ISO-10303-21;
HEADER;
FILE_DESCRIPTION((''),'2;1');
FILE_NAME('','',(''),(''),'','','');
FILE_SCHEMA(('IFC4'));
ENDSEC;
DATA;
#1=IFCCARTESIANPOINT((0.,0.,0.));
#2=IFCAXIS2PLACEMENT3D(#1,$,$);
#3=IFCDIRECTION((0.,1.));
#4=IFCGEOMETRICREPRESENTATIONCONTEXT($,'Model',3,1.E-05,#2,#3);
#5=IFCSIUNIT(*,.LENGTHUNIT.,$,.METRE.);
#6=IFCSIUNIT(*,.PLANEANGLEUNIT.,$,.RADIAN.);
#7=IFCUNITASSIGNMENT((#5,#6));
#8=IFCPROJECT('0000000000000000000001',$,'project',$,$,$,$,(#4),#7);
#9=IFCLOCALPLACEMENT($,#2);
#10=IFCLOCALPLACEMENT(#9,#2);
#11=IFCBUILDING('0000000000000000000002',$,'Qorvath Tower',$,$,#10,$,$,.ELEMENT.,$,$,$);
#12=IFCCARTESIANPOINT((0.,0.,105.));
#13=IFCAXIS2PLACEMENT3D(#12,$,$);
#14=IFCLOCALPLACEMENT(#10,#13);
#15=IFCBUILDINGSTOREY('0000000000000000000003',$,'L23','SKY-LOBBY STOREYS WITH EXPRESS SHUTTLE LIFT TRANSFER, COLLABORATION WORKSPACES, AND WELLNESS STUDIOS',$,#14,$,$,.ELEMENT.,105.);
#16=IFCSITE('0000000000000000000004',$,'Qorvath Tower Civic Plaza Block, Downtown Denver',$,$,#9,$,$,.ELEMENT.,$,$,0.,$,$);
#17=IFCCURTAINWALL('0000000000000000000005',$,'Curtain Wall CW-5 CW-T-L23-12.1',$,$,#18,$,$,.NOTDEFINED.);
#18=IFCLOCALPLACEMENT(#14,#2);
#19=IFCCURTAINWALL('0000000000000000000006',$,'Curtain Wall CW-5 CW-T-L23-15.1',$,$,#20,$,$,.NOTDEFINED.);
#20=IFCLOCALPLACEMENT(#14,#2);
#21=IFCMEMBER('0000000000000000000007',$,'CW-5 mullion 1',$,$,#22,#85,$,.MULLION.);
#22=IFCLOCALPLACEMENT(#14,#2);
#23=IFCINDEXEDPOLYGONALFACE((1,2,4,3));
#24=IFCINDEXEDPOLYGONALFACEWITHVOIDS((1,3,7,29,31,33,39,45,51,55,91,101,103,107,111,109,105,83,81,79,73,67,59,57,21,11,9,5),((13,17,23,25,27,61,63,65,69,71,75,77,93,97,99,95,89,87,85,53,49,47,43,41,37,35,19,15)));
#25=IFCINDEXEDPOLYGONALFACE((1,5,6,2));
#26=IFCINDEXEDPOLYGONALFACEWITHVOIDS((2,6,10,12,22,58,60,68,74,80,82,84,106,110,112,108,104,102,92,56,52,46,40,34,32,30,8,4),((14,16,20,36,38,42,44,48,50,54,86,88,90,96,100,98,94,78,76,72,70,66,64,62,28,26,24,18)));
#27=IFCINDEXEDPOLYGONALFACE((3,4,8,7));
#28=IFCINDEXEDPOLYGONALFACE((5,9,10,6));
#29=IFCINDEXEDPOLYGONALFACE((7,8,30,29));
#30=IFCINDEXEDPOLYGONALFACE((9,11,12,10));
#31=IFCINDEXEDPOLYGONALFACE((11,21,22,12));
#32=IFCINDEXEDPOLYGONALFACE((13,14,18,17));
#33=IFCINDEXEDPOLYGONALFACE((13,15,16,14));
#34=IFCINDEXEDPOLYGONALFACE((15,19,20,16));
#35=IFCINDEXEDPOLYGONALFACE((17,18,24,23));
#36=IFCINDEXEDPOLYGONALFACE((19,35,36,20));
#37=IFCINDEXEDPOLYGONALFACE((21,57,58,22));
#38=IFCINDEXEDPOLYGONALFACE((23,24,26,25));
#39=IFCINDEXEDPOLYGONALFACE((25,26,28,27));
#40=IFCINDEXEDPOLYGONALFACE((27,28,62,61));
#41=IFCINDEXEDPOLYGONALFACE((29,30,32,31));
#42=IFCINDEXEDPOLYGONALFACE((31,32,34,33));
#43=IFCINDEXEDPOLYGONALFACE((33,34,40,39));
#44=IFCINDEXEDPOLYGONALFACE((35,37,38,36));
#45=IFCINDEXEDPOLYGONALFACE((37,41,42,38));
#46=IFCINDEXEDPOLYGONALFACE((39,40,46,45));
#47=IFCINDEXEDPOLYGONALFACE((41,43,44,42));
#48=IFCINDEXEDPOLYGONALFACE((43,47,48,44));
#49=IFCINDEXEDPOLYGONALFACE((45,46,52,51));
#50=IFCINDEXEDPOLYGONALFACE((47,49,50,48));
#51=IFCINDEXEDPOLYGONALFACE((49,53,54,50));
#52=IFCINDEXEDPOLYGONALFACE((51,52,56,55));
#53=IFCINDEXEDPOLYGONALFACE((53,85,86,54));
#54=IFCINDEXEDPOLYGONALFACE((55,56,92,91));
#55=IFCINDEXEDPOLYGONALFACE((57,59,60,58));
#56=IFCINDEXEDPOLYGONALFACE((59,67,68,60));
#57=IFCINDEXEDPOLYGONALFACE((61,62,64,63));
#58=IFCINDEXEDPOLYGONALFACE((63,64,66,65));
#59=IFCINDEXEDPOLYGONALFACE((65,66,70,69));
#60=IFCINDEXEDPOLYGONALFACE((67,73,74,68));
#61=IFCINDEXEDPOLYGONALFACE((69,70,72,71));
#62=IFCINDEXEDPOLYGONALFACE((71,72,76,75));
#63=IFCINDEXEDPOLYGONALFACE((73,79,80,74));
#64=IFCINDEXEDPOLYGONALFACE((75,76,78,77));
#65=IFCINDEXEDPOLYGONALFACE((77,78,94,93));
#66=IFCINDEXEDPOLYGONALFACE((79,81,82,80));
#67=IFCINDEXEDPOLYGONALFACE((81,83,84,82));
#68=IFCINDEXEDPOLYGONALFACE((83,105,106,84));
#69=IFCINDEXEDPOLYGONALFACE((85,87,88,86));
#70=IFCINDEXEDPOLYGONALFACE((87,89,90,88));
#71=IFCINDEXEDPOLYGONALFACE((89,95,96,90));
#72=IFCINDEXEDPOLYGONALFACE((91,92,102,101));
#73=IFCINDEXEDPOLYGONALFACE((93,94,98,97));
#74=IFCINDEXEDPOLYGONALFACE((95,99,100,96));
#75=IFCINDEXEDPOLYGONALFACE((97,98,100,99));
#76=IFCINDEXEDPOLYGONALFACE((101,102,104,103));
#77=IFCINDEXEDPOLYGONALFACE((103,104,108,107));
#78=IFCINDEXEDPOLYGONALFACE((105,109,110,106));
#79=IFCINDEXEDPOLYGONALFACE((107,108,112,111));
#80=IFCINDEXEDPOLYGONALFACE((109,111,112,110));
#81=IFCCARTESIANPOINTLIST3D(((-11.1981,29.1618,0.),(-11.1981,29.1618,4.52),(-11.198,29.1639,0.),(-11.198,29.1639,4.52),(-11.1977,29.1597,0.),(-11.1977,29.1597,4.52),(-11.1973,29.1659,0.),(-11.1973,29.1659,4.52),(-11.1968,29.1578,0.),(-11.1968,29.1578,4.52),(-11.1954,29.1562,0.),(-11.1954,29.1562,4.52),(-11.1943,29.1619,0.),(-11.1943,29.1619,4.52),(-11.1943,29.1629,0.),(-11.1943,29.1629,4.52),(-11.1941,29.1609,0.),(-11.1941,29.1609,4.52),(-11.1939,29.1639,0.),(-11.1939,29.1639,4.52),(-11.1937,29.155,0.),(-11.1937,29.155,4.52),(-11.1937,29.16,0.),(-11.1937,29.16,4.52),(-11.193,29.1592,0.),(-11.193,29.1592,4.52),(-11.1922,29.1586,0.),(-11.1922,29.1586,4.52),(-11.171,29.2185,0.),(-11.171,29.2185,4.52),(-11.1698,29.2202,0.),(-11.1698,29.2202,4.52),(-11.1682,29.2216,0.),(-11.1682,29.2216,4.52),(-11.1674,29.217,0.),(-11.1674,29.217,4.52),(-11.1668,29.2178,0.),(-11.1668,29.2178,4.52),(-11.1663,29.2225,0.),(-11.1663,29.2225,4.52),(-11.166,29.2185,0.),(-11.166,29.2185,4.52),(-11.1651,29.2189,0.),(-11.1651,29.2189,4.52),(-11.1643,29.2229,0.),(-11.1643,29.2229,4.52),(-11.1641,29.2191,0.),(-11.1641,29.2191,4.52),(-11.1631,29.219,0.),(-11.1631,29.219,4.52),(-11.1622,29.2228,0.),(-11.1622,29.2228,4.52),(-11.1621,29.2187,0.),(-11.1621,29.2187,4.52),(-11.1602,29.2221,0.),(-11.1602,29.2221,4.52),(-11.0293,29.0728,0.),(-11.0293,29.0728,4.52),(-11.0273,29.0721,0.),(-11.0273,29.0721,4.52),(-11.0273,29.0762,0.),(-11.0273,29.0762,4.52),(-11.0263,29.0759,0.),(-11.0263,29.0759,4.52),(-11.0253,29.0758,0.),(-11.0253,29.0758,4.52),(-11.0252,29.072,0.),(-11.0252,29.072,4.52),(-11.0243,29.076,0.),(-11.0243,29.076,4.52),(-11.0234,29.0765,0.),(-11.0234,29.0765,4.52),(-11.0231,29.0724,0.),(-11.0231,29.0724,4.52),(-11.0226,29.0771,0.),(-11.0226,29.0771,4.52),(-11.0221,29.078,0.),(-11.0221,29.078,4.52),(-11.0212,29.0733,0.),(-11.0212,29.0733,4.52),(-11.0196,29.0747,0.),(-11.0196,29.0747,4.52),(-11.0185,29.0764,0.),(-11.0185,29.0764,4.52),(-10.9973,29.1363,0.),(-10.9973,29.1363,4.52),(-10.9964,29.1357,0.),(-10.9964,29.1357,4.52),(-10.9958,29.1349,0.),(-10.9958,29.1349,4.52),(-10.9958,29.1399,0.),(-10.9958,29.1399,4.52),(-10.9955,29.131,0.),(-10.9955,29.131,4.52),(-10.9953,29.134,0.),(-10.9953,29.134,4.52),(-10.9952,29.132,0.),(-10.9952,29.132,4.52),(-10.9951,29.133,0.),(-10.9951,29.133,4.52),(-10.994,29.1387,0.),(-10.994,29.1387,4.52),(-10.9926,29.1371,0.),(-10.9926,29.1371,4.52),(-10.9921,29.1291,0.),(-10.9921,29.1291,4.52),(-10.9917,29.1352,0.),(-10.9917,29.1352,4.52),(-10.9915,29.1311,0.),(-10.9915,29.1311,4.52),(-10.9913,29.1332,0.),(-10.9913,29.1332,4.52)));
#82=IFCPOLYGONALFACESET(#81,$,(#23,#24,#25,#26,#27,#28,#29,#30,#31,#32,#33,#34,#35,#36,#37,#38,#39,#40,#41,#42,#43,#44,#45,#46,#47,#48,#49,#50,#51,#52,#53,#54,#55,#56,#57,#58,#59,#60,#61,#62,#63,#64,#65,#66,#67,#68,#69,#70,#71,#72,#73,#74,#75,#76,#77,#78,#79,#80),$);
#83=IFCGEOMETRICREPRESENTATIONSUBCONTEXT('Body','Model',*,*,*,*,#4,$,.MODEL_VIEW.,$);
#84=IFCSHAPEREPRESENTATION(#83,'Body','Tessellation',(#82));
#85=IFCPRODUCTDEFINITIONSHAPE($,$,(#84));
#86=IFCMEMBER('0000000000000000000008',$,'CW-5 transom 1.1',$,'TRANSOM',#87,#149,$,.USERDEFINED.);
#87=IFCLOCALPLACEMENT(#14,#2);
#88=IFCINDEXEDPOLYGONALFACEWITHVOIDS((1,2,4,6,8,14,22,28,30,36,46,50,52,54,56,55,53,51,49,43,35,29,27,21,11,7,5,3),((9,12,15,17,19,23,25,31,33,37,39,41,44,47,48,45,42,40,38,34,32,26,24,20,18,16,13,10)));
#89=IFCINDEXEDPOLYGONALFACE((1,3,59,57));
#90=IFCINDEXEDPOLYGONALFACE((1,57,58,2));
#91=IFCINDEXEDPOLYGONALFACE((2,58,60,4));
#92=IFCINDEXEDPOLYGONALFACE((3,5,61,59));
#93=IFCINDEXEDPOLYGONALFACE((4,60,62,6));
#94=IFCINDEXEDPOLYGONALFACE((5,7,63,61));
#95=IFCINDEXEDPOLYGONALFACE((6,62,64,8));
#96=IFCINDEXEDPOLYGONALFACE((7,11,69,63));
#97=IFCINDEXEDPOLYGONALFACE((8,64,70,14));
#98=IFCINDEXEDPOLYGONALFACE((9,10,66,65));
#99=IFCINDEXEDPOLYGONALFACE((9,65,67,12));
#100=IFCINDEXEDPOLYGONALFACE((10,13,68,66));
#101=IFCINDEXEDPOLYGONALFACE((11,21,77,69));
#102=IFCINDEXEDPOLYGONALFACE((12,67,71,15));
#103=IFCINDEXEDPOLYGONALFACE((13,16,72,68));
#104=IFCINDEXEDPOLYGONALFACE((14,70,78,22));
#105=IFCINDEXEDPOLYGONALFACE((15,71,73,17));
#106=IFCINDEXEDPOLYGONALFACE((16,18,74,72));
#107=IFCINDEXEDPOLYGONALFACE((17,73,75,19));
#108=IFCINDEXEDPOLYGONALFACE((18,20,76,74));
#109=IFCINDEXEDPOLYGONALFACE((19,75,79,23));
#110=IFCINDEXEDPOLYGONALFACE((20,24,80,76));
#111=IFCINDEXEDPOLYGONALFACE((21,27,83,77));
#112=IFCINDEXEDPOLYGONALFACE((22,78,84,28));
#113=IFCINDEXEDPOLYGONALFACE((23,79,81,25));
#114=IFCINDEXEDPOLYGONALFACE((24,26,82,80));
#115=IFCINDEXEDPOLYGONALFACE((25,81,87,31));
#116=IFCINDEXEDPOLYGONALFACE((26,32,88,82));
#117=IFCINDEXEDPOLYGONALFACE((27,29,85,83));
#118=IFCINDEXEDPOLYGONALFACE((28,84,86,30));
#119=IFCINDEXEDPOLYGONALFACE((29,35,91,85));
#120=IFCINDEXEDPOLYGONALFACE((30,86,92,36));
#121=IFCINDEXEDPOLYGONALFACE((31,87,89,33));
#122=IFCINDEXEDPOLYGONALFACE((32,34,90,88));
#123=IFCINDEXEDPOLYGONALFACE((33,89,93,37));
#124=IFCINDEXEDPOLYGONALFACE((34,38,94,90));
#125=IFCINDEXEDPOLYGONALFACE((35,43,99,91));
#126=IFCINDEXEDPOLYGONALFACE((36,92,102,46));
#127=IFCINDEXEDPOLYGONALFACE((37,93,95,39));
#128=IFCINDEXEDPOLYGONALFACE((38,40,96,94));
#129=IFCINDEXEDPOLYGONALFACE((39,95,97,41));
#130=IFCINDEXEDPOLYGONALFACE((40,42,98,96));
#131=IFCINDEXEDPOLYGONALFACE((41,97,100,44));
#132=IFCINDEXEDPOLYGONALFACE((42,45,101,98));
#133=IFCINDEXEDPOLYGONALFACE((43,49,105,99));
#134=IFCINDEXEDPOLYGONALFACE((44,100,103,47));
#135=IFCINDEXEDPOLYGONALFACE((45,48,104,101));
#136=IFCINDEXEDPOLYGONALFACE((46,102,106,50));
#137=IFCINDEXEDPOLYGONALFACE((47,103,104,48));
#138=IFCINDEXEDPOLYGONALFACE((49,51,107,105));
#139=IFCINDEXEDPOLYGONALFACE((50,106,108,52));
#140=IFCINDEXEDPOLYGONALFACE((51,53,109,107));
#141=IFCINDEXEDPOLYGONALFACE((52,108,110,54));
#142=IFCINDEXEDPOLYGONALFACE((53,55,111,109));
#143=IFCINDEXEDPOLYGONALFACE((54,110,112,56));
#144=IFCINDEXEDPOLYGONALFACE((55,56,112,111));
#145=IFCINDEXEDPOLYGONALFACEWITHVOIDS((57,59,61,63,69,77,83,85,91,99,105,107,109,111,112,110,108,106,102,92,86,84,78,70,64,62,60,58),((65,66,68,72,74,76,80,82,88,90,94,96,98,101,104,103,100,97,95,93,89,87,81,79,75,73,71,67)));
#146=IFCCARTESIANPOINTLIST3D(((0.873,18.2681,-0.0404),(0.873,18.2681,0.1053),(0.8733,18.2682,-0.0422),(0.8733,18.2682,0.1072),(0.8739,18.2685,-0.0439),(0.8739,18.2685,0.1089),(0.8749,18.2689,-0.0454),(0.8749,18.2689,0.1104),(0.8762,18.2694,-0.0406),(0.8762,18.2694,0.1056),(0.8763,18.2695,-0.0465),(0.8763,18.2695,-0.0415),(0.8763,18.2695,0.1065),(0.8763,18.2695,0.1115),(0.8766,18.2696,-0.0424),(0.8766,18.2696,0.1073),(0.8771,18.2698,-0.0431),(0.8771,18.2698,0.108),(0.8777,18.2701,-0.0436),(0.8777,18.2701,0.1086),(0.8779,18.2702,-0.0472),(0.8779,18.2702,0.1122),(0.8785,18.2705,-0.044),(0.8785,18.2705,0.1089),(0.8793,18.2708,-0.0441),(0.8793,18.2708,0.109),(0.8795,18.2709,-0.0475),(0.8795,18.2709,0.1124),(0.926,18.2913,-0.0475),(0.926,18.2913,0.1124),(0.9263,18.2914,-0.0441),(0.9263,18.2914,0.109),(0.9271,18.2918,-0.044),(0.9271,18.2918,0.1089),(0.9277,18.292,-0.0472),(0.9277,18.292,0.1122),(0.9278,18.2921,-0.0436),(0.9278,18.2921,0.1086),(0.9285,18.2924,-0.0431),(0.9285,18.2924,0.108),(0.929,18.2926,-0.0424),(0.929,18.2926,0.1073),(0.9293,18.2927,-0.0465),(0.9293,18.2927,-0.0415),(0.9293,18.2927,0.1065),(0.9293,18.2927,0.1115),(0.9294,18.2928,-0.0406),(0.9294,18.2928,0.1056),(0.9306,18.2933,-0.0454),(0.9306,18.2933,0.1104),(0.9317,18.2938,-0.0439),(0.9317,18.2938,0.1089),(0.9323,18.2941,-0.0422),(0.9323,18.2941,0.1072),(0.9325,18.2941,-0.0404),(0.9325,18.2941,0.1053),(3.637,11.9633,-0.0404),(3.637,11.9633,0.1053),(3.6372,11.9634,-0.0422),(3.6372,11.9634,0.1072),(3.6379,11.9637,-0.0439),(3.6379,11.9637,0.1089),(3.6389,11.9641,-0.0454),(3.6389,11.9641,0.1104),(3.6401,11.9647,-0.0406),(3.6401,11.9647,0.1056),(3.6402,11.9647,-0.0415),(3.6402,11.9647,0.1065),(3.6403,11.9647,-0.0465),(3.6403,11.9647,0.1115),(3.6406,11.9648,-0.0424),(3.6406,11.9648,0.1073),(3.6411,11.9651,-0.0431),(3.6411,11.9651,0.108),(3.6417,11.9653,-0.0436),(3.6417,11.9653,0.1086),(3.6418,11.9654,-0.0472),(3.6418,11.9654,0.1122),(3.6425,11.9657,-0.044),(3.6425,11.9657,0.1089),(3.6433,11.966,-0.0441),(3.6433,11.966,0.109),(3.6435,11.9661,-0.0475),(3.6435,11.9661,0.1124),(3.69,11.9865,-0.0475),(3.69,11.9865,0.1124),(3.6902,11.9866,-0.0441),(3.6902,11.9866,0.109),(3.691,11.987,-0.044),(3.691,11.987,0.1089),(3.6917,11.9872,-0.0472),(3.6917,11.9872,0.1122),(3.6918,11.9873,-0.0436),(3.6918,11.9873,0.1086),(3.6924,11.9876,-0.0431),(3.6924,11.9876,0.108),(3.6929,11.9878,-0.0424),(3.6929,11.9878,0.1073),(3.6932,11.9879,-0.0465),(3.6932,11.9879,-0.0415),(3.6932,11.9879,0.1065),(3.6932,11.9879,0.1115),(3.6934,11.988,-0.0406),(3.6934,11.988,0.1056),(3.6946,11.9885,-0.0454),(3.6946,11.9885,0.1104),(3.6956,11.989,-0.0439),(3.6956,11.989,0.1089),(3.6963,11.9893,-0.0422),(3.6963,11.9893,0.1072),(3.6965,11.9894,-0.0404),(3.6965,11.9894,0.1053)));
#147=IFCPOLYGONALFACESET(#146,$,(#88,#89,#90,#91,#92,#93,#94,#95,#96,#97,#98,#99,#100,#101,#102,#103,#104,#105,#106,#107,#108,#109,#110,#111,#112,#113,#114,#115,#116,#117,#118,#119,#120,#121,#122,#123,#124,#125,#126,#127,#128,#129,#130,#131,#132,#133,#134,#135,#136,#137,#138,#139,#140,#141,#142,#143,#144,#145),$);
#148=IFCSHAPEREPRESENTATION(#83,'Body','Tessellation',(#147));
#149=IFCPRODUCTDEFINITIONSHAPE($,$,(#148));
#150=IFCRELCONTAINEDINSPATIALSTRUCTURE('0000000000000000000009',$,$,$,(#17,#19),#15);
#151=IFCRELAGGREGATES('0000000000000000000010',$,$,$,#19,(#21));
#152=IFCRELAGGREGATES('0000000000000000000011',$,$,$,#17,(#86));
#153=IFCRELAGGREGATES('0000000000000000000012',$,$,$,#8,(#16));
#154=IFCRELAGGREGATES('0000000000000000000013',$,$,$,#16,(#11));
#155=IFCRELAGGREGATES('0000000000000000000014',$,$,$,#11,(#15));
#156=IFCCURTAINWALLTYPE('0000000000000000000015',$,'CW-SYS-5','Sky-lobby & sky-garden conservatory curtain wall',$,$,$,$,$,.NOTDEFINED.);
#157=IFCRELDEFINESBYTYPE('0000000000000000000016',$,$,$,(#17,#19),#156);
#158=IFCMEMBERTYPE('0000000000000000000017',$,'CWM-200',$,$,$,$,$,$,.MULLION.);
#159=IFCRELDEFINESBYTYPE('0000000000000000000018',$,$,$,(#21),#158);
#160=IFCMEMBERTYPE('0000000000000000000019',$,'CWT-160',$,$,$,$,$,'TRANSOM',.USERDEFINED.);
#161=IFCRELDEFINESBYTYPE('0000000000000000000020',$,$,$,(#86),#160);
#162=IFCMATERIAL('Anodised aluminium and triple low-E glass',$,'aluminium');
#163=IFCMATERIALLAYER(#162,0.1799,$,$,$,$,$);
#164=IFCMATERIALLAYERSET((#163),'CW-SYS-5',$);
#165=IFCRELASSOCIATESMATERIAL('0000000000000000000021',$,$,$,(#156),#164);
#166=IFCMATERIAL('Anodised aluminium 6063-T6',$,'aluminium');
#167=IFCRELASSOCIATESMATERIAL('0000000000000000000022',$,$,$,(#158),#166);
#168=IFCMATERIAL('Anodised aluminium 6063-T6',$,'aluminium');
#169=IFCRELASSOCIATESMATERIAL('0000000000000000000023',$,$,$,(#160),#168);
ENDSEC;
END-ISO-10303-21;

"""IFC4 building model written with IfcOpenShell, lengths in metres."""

from ifc_helpers import new_model, si_unit, direction, frame, origin, origin_2d, place, context, subcontext, project, spatial, hollow_rectangle, extrude, material, layer, layer_set, material_profile, profile_set, type_object, element, aggregate, save


model = new_model("IFC4")

# Units and contexts
model_context = context("Model", 3, precision=1e-05, world=origin(), true_north=direction((0.0, 1.0)))
body_context = subcontext(model_context, "Body", "Model", "MODEL_VIEW")
ifc_project = project(units=[si_unit("LENGTHUNIT", "METRE"), si_unit("PLANEANGLEUNIT", "RADIAN")], contexts=[model_context])

# Site, building, storey
site_placement = place(None, origin())
site = spatial("IfcSite", under=ifc_project, at=site_placement, Name="Qorvath Tower Civic Plaza Block, Downtown Denver", CompositionType="ELEMENT", RefElevation=0.0)
building_placement = place(site_placement, origin())
building = spatial("IfcBuilding", under=site, at=building_placement, Name="Qorvath Tower", CompositionType="ELEMENT")
storey_placement = place(building_placement, frame((0.0, 0.0, 105.0)))
storey = spatial("IfcBuildingStorey", under=building, at=storey_placement, Name="L23", Description="SKY-LOBBY STOREYS WITH EXPRESS SHUTTLE LIFT TRANSFER, COLLABORATION WORKSPACES, AND WELLNESS STUDIOS", CompositionType="ELEMENT", Elevation=105.0)

# Shared definitions
ifc_material_1 = material(Name="Anodised aluminium and triple low-E glass", Category="aluminium")
ifc_layer_1 = layer(ifc_material_1, 0.1799)
ifc_layer_set_1 = layer_set([ifc_layer_1], Name="CW-SYS-5")
curtain_wall_type = type_object("IfcCurtainWallType", Name="CW-SYS-5", Description="Sky-lobby & sky-garden conservatory curtain wall", PredefinedType="NOTDEFINED", material=ifc_layer_set_1)
ifc_material_2 = material(Name="Anodised aluminium 6063-T6", Category="aluminium")
ifc_material_profile_1 = material_profile(ifc_material_2, hollow_rectangle(XDim=0.075, YDim=0.2, WallThickness=0.0039, InnerFilletRadius=0.0039, OuterFilletRadius=0.0081, at=origin_2d()), Name="CWM 200x75")
ifc_profile_set_1 = profile_set([ifc_material_profile_1], Name="Anodised aluminium 6063-T6")
member_type_1 = type_object("IfcMemberType", Name="CWM-200", PredefinedType="MULLION", material=ifc_profile_set_1)

# Curtain wall
curtain_wall_1_placement = place(storey_placement, origin())
curtain_wall_1 = element("IfcCurtainWall", 1, at=curtain_wall_1_placement, inside=storey, type_object=curtain_wall_type, Name="Curtain Wall CW-5 CW-T-L23-12.1", PredefinedType="NOTDEFINED")

# Curtain wall, member
curtain_wall_2_placement = place(storey_placement, origin())
curtain_wall_2 = element("IfcCurtainWall", 2, at=curtain_wall_2_placement, inside=storey, type_object=curtain_wall_type, Name="Curtain Wall CW-5 CW-T-L23-15.1", PredefinedType="NOTDEFINED")
member_1_placement = place(storey_placement, frame((-11.0947, 29.1475, 0.0), z_axis=(0.0, 0.0, 1.0), x_axis=(-0.44719, -0.894439, 0.0)))
member_1 = element("IfcMember", 3, at=member_1_placement, type_object=member_type_1, Name="CW-5 mullion 1", PredefinedType="MULLION", context=body_context, shape_type="SweptSolid", body=[
    extrude(hollow_rectangle(XDim=0.075, YDim=0.2, WallThickness=0.0039, InnerFilletRadius=0.0039, OuterFilletRadius=0.0081, at=origin_2d()), origin(), (0.0, 0.0, 1.0), 4.52),
])
aggregate(curtain_wall_2, [member_1])

# Member
ifc_material_3 = material(Name="Anodised aluminium 6063-T6", Category="aluminium")
ifc_material_profile_2 = material_profile(ifc_material_3, hollow_rectangle(XDim=0.0649, YDim=0.1599, WallThickness=0.0034, InnerFilletRadius=0.0034, OuterFilletRadius=0.0071, at=origin_2d()), Name="CWT 160x65")
ifc_profile_set_2 = profile_set([ifc_material_profile_2], Name="Anodised aluminium 6063-T6")
member_type_2 = type_object("IfcMemberType", Name="CWT-160", ElementType="TRANSOM", PredefinedType="USERDEFINED", material=ifc_profile_set_2)
member_2_placement = place(storey_placement, frame((3.6667, 11.9763, 0.0325), z_axis=(-0.401503, 0.915858, 0.0), x_axis=(-0.915858, -0.401503, 0.0)))
member_2 = element("IfcMember", 4, at=member_2_placement, type_object=member_type_2, Name="CW-5 transom 1.1", ObjectType="TRANSOM", PredefinedType="USERDEFINED", context=body_context, shape_type="SweptSolid", body=[
    extrude(hollow_rectangle(XDim=0.0649, YDim=0.1599, WallThickness=0.0034, InnerFilletRadius=0.0034, OuterFilletRadius=0.0071, at=origin_2d()), origin(), (0.0, 0.0, 1.0), 6.884),
])

aggregate(curtain_wall_1, [member_2])

save(model, "model.ifc")
